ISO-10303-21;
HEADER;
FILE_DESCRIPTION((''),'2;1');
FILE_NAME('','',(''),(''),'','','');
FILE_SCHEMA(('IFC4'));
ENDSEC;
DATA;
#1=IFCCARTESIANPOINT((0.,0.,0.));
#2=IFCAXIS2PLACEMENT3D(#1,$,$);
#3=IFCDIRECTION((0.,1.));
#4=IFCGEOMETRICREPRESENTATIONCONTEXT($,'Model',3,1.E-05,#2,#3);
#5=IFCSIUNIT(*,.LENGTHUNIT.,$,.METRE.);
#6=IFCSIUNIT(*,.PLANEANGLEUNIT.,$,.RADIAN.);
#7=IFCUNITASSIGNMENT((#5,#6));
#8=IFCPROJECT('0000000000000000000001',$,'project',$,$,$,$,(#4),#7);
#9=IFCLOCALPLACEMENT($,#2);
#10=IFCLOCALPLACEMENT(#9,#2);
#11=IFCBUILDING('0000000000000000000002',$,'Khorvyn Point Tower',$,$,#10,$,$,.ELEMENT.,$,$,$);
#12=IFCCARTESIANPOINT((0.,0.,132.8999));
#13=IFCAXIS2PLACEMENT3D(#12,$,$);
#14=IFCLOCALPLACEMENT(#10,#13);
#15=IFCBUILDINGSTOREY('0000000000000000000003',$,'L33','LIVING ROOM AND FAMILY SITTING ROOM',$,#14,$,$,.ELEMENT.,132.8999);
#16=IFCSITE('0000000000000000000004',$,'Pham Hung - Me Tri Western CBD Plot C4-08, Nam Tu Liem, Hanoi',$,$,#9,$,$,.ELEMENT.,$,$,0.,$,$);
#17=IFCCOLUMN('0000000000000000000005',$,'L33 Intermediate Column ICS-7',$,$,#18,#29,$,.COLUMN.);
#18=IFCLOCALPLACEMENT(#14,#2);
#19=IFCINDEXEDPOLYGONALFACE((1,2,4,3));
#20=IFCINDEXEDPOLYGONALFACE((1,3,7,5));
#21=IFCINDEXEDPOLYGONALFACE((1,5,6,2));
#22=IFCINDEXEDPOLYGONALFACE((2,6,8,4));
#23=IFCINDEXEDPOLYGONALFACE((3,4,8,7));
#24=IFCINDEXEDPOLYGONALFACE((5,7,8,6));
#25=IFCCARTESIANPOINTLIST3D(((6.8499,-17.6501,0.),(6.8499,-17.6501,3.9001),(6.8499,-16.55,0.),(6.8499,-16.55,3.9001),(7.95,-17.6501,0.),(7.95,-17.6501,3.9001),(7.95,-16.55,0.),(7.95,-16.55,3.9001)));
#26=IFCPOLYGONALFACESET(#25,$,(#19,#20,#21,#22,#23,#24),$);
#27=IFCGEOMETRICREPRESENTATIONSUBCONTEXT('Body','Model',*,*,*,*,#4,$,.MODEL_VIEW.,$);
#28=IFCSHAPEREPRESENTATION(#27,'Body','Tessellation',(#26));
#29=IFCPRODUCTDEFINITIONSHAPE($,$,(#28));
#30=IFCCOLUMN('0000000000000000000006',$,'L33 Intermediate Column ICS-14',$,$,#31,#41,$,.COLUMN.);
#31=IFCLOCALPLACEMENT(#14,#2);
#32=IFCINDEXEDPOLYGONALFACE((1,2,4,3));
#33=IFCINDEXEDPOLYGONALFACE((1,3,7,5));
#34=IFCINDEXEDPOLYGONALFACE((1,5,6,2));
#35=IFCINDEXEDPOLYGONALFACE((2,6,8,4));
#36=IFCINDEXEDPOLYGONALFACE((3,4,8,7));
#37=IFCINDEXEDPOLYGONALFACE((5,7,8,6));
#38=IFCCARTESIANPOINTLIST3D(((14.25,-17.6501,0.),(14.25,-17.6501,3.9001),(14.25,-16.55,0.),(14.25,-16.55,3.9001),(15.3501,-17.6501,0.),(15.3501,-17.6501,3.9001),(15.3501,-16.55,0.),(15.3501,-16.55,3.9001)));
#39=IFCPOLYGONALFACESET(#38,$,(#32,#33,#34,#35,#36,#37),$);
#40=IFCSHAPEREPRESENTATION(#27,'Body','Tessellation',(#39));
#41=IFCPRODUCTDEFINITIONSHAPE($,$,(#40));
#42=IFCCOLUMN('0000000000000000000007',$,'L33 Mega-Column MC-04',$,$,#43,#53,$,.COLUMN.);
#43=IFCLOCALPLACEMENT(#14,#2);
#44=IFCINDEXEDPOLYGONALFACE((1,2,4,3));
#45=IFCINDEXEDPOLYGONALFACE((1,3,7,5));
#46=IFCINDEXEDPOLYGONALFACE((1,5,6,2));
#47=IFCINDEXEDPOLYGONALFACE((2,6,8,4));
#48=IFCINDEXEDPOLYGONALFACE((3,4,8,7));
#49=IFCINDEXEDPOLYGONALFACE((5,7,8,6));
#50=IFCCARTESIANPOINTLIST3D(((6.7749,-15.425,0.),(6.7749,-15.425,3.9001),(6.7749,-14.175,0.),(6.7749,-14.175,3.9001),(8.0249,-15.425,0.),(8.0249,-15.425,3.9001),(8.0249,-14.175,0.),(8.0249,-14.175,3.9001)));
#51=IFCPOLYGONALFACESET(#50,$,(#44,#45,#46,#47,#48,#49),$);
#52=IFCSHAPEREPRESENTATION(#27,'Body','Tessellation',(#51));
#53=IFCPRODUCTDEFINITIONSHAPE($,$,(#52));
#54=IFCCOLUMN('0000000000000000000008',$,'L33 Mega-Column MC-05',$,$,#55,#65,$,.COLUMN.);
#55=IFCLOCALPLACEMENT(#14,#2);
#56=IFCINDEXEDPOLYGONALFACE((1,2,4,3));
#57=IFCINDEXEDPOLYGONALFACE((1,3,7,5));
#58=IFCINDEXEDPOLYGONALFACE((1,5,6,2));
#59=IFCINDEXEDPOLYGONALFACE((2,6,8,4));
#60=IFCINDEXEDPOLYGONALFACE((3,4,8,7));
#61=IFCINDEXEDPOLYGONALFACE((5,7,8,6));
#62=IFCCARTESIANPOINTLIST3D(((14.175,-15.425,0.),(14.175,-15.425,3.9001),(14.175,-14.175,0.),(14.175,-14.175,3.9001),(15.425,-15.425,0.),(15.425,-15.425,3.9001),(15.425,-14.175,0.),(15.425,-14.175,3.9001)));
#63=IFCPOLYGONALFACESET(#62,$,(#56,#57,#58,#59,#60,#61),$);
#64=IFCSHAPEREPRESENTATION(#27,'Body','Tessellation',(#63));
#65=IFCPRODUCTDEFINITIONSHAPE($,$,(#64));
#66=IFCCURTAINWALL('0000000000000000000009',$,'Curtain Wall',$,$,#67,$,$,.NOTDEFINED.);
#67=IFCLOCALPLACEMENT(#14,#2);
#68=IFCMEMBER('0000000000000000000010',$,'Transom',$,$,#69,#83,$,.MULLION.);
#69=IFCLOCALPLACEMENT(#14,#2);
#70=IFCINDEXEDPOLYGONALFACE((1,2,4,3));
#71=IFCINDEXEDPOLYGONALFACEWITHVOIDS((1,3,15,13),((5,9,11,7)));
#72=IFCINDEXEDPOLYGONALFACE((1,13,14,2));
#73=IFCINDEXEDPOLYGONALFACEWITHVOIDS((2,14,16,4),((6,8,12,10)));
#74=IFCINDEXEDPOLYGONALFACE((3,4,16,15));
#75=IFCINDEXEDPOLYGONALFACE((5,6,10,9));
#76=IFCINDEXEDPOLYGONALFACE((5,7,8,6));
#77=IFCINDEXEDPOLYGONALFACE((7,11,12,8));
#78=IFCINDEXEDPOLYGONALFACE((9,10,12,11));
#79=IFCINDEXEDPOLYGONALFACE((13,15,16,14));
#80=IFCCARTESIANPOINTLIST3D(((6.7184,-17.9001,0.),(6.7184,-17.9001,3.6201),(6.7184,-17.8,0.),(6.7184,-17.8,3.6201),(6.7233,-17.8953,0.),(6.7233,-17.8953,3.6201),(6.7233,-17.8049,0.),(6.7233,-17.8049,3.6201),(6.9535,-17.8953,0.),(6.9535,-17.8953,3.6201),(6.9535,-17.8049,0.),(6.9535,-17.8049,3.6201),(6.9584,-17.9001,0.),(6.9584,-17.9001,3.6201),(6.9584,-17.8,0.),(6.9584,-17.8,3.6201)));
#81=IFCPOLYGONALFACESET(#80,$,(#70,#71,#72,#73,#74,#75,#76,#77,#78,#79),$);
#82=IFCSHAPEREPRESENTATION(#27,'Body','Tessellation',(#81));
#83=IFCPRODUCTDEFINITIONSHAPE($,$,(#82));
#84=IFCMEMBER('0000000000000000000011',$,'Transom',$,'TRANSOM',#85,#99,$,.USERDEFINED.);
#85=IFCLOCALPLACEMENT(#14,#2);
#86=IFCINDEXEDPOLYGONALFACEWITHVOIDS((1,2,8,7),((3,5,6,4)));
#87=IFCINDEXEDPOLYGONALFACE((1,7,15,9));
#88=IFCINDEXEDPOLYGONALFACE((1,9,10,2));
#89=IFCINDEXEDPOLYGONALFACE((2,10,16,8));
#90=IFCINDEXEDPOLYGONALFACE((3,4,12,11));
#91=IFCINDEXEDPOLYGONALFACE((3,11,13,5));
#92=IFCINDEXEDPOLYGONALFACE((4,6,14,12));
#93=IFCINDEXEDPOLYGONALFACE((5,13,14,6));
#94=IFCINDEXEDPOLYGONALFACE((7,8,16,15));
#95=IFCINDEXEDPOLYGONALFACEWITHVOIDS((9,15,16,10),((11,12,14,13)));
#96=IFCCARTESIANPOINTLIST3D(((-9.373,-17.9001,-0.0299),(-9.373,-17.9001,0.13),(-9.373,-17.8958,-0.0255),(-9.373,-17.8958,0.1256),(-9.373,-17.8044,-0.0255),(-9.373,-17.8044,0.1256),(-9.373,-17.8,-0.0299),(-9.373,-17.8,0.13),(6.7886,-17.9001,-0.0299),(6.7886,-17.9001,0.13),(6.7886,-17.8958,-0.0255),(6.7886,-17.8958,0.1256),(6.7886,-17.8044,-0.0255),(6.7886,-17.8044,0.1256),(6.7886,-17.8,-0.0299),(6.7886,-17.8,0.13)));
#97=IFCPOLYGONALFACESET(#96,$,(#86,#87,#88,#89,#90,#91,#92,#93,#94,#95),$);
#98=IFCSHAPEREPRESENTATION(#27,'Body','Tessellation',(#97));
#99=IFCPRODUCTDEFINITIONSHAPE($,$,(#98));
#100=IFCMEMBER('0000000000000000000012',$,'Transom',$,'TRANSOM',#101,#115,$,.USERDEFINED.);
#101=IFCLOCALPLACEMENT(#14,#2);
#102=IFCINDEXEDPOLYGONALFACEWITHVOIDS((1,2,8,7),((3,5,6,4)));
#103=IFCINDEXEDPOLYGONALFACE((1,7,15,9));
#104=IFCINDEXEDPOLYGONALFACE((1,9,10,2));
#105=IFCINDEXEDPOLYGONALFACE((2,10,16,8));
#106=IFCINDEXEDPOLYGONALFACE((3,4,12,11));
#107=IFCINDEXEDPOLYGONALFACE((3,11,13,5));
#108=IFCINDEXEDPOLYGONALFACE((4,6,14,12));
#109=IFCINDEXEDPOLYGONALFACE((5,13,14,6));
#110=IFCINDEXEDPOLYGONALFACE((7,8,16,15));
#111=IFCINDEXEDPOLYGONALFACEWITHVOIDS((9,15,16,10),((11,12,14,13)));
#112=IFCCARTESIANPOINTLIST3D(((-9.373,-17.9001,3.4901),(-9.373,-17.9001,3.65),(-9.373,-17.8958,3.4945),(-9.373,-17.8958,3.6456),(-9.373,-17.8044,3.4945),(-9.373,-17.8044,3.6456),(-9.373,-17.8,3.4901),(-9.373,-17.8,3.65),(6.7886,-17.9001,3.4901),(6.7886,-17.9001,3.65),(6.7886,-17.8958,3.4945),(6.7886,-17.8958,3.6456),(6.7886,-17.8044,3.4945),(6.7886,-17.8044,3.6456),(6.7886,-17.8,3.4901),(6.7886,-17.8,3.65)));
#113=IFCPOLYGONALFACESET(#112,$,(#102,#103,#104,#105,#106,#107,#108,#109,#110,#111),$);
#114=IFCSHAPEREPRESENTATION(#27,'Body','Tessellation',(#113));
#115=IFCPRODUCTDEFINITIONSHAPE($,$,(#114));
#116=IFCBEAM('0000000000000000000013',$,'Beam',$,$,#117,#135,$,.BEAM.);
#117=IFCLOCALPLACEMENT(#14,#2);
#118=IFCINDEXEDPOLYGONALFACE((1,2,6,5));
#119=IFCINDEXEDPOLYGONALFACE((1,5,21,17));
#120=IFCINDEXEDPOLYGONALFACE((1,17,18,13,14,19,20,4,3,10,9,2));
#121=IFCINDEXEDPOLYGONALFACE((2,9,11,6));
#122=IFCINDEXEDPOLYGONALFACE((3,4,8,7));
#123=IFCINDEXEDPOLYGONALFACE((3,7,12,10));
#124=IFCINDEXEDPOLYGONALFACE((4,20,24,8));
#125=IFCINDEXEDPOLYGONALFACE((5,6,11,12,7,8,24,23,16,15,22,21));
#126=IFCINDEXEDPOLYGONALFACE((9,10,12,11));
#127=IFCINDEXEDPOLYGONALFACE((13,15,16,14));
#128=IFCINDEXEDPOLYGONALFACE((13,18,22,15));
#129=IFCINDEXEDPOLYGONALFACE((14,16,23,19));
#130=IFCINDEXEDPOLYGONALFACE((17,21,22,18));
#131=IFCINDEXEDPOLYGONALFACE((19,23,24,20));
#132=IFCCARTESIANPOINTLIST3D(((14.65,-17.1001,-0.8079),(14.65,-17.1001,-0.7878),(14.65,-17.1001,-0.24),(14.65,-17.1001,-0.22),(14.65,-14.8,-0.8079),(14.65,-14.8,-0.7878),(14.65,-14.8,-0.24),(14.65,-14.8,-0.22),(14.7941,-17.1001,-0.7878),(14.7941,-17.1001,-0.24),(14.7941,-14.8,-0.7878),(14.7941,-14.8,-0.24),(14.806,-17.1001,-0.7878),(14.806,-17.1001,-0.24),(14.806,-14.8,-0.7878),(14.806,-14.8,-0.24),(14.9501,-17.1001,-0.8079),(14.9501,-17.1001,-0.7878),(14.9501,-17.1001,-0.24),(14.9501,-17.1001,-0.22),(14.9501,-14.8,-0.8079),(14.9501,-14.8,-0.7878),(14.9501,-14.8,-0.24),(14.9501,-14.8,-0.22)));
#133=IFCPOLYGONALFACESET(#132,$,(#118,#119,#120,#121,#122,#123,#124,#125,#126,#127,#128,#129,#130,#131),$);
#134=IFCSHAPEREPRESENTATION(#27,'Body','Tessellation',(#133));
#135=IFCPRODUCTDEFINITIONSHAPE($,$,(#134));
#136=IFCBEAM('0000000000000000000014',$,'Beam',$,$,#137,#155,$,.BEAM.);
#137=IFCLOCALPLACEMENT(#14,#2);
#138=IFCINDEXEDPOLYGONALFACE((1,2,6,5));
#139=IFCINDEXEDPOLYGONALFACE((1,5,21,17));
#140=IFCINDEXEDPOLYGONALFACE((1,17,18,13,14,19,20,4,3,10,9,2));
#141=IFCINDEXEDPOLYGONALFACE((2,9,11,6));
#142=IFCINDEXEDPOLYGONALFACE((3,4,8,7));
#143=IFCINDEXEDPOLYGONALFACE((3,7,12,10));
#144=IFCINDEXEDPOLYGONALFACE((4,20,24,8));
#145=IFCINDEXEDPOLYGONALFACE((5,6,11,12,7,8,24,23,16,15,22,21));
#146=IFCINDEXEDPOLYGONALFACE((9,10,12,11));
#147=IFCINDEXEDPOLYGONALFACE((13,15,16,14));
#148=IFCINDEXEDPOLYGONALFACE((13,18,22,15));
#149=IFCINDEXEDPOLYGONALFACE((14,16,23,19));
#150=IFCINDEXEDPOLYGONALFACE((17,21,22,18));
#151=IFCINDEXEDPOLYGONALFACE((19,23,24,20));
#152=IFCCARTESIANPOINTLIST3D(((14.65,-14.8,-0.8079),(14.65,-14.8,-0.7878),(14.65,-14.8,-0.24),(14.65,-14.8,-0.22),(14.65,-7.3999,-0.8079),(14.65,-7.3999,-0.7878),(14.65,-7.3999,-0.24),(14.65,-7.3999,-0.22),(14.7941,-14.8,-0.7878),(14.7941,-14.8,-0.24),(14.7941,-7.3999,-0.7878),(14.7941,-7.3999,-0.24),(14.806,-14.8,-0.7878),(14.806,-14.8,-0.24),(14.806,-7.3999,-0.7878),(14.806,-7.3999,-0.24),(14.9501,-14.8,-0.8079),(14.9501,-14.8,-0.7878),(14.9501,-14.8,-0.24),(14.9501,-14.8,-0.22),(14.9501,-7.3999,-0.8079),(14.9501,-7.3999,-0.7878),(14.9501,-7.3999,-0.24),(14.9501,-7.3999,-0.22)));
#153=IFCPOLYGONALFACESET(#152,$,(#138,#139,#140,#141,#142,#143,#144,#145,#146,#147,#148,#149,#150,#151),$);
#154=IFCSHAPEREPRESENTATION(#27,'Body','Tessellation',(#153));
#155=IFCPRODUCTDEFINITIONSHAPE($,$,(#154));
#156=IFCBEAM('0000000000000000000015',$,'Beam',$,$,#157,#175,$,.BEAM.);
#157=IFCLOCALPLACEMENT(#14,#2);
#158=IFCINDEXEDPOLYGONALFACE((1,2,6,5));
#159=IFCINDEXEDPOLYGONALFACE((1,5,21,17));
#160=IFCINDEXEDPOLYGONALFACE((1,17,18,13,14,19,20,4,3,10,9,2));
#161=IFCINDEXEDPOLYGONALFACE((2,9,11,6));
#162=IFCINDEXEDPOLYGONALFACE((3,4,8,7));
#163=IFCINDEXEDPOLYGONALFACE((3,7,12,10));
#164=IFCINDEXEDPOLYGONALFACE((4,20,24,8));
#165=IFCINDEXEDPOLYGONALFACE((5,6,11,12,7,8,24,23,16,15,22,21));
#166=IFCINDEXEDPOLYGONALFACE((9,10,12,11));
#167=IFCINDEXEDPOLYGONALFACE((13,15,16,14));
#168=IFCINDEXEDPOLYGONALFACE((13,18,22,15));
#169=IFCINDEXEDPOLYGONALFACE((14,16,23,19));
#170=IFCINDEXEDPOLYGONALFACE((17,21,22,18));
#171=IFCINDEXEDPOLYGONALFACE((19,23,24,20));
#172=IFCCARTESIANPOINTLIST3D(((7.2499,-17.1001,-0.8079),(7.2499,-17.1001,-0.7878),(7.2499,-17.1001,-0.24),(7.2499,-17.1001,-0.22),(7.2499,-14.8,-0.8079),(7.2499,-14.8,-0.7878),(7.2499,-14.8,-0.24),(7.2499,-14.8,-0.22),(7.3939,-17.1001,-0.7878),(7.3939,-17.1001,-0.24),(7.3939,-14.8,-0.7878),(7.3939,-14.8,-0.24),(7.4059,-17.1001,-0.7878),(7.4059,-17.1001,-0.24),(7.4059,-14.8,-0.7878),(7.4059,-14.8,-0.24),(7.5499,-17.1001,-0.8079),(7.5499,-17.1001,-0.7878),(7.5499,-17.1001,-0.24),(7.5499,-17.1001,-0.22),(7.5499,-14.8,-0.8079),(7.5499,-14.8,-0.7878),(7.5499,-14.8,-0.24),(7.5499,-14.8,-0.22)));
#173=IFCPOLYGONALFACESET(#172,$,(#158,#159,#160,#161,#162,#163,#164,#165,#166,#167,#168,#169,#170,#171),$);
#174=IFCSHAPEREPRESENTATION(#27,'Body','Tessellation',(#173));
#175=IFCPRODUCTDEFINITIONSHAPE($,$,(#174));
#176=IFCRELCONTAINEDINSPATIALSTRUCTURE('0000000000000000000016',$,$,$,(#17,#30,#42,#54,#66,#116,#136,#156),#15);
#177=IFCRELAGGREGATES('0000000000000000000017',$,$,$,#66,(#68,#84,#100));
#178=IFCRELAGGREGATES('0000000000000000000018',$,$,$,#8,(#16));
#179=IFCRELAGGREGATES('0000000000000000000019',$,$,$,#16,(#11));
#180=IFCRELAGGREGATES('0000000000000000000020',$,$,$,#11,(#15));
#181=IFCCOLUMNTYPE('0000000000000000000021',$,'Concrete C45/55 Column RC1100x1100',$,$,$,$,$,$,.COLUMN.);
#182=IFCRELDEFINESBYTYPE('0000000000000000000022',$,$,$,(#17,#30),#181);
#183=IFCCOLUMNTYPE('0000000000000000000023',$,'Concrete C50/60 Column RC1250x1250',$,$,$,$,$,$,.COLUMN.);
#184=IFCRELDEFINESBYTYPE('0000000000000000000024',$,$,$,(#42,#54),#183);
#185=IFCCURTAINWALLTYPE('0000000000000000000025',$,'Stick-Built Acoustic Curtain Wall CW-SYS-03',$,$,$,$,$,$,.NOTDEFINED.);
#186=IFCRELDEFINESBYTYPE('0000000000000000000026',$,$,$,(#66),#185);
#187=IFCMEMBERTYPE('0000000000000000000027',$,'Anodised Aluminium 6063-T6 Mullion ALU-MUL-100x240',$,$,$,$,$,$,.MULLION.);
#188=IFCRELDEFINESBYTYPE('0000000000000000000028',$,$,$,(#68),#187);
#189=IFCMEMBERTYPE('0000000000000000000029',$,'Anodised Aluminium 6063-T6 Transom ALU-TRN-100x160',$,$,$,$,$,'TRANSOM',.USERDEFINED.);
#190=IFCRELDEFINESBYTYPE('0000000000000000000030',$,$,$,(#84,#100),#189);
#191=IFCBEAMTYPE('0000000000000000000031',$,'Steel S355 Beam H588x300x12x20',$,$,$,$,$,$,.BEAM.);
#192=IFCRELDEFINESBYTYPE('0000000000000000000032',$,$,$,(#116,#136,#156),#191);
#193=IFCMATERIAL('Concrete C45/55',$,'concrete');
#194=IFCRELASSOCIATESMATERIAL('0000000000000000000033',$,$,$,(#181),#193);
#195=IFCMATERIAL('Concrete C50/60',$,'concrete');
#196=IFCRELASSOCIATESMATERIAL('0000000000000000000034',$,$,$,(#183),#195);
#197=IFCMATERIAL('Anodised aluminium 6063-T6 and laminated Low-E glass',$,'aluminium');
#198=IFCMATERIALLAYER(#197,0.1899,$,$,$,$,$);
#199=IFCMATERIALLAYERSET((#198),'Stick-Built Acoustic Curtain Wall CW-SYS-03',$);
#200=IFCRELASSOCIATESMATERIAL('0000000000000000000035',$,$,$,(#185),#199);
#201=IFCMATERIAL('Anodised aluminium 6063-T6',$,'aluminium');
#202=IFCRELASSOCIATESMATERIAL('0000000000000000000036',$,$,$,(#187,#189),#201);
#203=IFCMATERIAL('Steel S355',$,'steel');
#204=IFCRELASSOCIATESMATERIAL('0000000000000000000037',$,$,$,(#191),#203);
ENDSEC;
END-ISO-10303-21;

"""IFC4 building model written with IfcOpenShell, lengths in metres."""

from ifc_helpers import new_model, si_unit, direction, frame, origin, origin_2d, place, context, subcontext, project, spatial, rectangle, hollow_rectangle, i_section, extrude, material, layer, layer_set, material_profile, profile_set, type_object, element, aggregate, save


model = new_model("IFC4")

# Units and contexts
model_context = context("Model", 3, precision=1e-05, world=origin(), true_north=direction((0.0, 1.0)))
body_context = subcontext(model_context, "Body", "Model", "MODEL_VIEW")
ifc_project = project(units=[si_unit("LENGTHUNIT", "METRE"), si_unit("PLANEANGLEUNIT", "RADIAN")], contexts=[model_context])

# Site, building, storey
site_placement = place(None, origin())
site = spatial("IfcSite", under=ifc_project, at=site_placement, Name="Pham Hung - Me Tri Western CBD Plot C4-08, Nam Tu Liem, Hanoi", CompositionType="ELEMENT", RefElevation=0.0)
building_placement = place(site_placement, origin())
building = spatial("IfcBuilding", under=site, at=building_placement, Name="Khorvyn Point Tower", CompositionType="ELEMENT")
storey_placement = place(building_placement, frame((0.0, 0.0, 132.8999)))
storey = spatial("IfcBuildingStorey", under=building, at=storey_placement, Name="L33", Description="LIVING ROOM AND FAMILY SITTING ROOM", CompositionType="ELEMENT", Elevation=132.8999)

# Columns
ifc_material_1 = material(Name="Concrete C45/55", Category="concrete")
ifc_material_profile_1 = material_profile(ifc_material_1, rectangle(XDim=1.1001, YDim=1.1001, at=origin_2d()))
ifc_profile_set_1 = profile_set([ifc_material_profile_1], Name="Concrete C45/55 RC1100x1100")
column_type_1 = type_object("IfcColumnType", Name="Concrete C45/55 Column RC1100x1100", PredefinedType="COLUMN", material=ifc_profile_set_1)
for number, where, z_axis, x_axis, name in (
    (1, (7.3999, -17.1001, 0.0), (0.0, 0.0, 1.0), (1.0, 0.0, 0.0), "L33 Intermediate Column ICS-7"),
    (2, (14.8, -17.1001, 0.0), (0.0, 0.0, 1.0), (1.0, 0.0, 0.0), "L33 Intermediate Column ICS-14"),
):
    element("IfcColumn", number, at=place(storey_placement, frame(where, z_axis=z_axis, x_axis=x_axis)), inside=storey, type_object=column_type_1, Name=name, PredefinedType="COLUMN", context=body_context, shape_type="SweptSolid", body=[
        extrude(rectangle(XDim=1.1001, YDim=1.1001, at=origin_2d()), origin(), (0.0, 0.0, 1.0), 3.9001),
    ])
ifc_material_2 = material(Name="Concrete C50/60", Category="concrete")
ifc_material_profile_2 = material_profile(ifc_material_2, rectangle(XDim=1.25, YDim=1.25, at=origin_2d()))
ifc_profile_set_2 = profile_set([ifc_material_profile_2], Name="Concrete C50/60 RC1250x1250")
column_type_2 = type_object("IfcColumnType", Name="Concrete C50/60 Column RC1250x1250", PredefinedType="COLUMN", material=ifc_profile_set_2)
for number, where, z_axis, x_axis, name in (
    (3, (7.3999, -14.8, 0.0), (0.0, 0.0, 1.0), (1.0, 0.0, 0.0), "L33 Mega-Column MC-04"),
    (4, (14.8, -14.8, 0.0), (0.0, 0.0, 1.0), (1.0, 0.0, 0.0), "L33 Mega-Column MC-05"),
):
    element("IfcColumn", number, at=place(storey_placement, frame(where, z_axis=z_axis, x_axis=x_axis)), inside=storey, type_object=column_type_2, Name=name, PredefinedType="COLUMN", context=body_context, shape_type="SweptSolid", body=[
        extrude(rectangle(XDim=1.25, YDim=1.25, at=origin_2d()), origin(), (0.0, 0.0, 1.0), 3.9001),
    ])

# Curtain wall, members
ifc_material_3 = material(Name="Anodised aluminium 6063-T6 and laminated Low-E glass", Category="aluminium")
ifc_layer_1 = layer(ifc_material_3, 0.1899)
ifc_layer_set_1 = layer_set([ifc_layer_1], Name="Stick-Built Acoustic Curtain Wall CW-SYS-03")
curtain_wall_type = type_object("IfcCurtainWallType", Name="Stick-Built Acoustic Curtain Wall CW-SYS-03", PredefinedType="NOTDEFINED", material=ifc_layer_set_1)
curtain_wall_placement = place(storey_placement, origin())
curtain_wall = element("IfcCurtainWall", 5, at=curtain_wall_placement, inside=storey, type_object=curtain_wall_type, Name="Curtain Wall", PredefinedType="NOTDEFINED")
ifc_material_4 = material(Name="Anodised aluminium 6063-T6", Category="aluminium")
ifc_material_profile_3 = material_profile(ifc_material_4, hollow_rectangle(XDim=0.1001, YDim=0.24, WallThickness=0.0049, at=origin_2d()))
ifc_profile_set_3 = profile_set([ifc_material_profile_3], Name="Anodised aluminium 6063-T6 ALU-MUL-100x240")
member_type_1 = type_object("IfcMemberType", Name="Anodised Aluminium 6063-T6 Mullion ALU-MUL-100x240", PredefinedType="MULLION", material=ifc_profile_set_3)
member_1_placement = place(storey_placement, frame((6.8384, -17.8501, 0.0), z_axis=(0.0, 0.0, 1.0), x_axis=(0.0, -1.0, 0.0)))
member_1 = element("IfcMember", 6, at=member_1_placement, type_object=member_type_1, Name="Transom", PredefinedType="MULLION", context=body_context, shape_type="SweptSolid", body=[
    extrude(hollow_rectangle(XDim=0.1001, YDim=0.24, WallThickness=0.0049, at=origin_2d()), origin(), (0.0, 0.0, 1.0), 3.6201),
])
ifc_material_profile_4 = material_profile(ifc_material_4, hollow_rectangle(XDim=0.1001, YDim=0.1599, WallThickness=0.0044, at=origin_2d()))
ifc_profile_set_4 = profile_set([ifc_material_profile_4], Name="Anodised aluminium 6063-T6 ALU-TRN-100x160")
member_type_2 = type_object("IfcMemberType", Name="Anodised Aluminium 6063-T6 Transom ALU-TRN-100x160", ElementType="TRANSOM", PredefinedType="USERDEFINED", material=ifc_profile_set_4)
member_2_placement = place(storey_placement, frame((6.7886, -17.8501, 0.05), z_axis=(-1.0, 0.0, 0.0), x_axis=(0.0, -1.0, 0.0)))
member_2 = element("IfcMember", 7, at=member_2_placement, type_object=member_type_2, Name="Transom", ObjectType="TRANSOM", PredefinedType="USERDEFINED", context=body_context, shape_type="SweptSolid", body=[
    extrude(hollow_rectangle(XDim=0.1001, YDim=0.1599, WallThickness=0.0044, at=origin_2d()), origin(), (0.0, 0.0, 1.0), 16.1616),
])
member_3_placement = place(storey_placement, frame((6.7886, -17.8501, 3.5701), z_axis=(-1.0, 0.0, 0.0), x_axis=(0.0, -1.0, 0.0)))
member_3 = element("IfcMember", 8, at=member_3_placement, type_object=member_type_2, Name="Transom", ObjectType="TRANSOM", PredefinedType="USERDEFINED", context=body_context, shape_type="SweptSolid", body=[
    extrude(hollow_rectangle(XDim=0.1001, YDim=0.1599, WallThickness=0.0044, at=origin_2d()), origin(), (0.0, 0.0, 1.0), 16.1616),
])
aggregate(curtain_wall, [member_1, member_2, member_3])

# Beams
ifc_material_5 = material(Name="Steel S355", Category="steel")
ifc_material_profile_5 = material_profile(ifc_material_5, i_section(OverallWidth=0.3, OverallDepth=0.5879, WebThickness=0.012, FlangeThickness=0.02, at=origin_2d()))
ifc_profile_set_5 = profile_set([ifc_material_profile_5], Name="Steel S355 H588x300x12x20")
beam_type_1 = type_object("IfcBeamType", Name="Steel S355 Beam H588x300x12x20", PredefinedType="BEAM", material=ifc_profile_set_5)
beam_1_placement = place(storey_placement, frame((14.8, -17.1001, -0.5139), z_axis=(0.0, 1.0, 0.0), x_axis=(-1.0, 0.0, 0.0)))
element("IfcBeam", 9, at=beam_1_placement, inside=storey, type_object=beam_type_1, Name="Beam", PredefinedType="BEAM", context=body_context, shape_type="SweptSolid", body=[
    extrude(i_section(OverallWidth=0.3, OverallDepth=0.5879, WebThickness=0.012, FlangeThickness=0.02, at=origin_2d()), origin(), (0.0, 0.0, 1.0), 2.3),
])
beam_2_placement = place(storey_placement, frame((14.8, -14.8, -0.5139), z_axis=(0.0, 1.0, 0.0), x_axis=(-1.0, 0.0, 0.0)))
element("IfcBeam", 10, at=beam_2_placement, inside=storey, type_object=beam_type_1, Name="Beam", PredefinedType="BEAM", context=body_context, shape_type="SweptSolid", body=[
    extrude(i_section(OverallWidth=0.3, OverallDepth=0.5879, WebThickness=0.012, FlangeThickness=0.02, at=origin_2d()), origin(), (0.0, 0.0, 1.0), 7.4001),
])
beam_3_placement = place(storey_placement, frame((7.3999, -17.1001, -0.5139), z_axis=(0.0, 1.0, 0.0), x_axis=(-1.0, 0.0, 0.0)))
element("IfcBeam", 11, at=beam_3_placement, inside=storey, type_object=beam_type_1, Name="Beam", PredefinedType="BEAM", context=body_context, shape_type="SweptSolid", body=[
    extrude(i_section(OverallWidth=0.3, OverallDepth=0.5879, WebThickness=0.012, FlangeThickness=0.02, at=origin_2d()), origin(), (0.0, 0.0, 1.0), 2.3),
])

save(model, "model.ifc")
